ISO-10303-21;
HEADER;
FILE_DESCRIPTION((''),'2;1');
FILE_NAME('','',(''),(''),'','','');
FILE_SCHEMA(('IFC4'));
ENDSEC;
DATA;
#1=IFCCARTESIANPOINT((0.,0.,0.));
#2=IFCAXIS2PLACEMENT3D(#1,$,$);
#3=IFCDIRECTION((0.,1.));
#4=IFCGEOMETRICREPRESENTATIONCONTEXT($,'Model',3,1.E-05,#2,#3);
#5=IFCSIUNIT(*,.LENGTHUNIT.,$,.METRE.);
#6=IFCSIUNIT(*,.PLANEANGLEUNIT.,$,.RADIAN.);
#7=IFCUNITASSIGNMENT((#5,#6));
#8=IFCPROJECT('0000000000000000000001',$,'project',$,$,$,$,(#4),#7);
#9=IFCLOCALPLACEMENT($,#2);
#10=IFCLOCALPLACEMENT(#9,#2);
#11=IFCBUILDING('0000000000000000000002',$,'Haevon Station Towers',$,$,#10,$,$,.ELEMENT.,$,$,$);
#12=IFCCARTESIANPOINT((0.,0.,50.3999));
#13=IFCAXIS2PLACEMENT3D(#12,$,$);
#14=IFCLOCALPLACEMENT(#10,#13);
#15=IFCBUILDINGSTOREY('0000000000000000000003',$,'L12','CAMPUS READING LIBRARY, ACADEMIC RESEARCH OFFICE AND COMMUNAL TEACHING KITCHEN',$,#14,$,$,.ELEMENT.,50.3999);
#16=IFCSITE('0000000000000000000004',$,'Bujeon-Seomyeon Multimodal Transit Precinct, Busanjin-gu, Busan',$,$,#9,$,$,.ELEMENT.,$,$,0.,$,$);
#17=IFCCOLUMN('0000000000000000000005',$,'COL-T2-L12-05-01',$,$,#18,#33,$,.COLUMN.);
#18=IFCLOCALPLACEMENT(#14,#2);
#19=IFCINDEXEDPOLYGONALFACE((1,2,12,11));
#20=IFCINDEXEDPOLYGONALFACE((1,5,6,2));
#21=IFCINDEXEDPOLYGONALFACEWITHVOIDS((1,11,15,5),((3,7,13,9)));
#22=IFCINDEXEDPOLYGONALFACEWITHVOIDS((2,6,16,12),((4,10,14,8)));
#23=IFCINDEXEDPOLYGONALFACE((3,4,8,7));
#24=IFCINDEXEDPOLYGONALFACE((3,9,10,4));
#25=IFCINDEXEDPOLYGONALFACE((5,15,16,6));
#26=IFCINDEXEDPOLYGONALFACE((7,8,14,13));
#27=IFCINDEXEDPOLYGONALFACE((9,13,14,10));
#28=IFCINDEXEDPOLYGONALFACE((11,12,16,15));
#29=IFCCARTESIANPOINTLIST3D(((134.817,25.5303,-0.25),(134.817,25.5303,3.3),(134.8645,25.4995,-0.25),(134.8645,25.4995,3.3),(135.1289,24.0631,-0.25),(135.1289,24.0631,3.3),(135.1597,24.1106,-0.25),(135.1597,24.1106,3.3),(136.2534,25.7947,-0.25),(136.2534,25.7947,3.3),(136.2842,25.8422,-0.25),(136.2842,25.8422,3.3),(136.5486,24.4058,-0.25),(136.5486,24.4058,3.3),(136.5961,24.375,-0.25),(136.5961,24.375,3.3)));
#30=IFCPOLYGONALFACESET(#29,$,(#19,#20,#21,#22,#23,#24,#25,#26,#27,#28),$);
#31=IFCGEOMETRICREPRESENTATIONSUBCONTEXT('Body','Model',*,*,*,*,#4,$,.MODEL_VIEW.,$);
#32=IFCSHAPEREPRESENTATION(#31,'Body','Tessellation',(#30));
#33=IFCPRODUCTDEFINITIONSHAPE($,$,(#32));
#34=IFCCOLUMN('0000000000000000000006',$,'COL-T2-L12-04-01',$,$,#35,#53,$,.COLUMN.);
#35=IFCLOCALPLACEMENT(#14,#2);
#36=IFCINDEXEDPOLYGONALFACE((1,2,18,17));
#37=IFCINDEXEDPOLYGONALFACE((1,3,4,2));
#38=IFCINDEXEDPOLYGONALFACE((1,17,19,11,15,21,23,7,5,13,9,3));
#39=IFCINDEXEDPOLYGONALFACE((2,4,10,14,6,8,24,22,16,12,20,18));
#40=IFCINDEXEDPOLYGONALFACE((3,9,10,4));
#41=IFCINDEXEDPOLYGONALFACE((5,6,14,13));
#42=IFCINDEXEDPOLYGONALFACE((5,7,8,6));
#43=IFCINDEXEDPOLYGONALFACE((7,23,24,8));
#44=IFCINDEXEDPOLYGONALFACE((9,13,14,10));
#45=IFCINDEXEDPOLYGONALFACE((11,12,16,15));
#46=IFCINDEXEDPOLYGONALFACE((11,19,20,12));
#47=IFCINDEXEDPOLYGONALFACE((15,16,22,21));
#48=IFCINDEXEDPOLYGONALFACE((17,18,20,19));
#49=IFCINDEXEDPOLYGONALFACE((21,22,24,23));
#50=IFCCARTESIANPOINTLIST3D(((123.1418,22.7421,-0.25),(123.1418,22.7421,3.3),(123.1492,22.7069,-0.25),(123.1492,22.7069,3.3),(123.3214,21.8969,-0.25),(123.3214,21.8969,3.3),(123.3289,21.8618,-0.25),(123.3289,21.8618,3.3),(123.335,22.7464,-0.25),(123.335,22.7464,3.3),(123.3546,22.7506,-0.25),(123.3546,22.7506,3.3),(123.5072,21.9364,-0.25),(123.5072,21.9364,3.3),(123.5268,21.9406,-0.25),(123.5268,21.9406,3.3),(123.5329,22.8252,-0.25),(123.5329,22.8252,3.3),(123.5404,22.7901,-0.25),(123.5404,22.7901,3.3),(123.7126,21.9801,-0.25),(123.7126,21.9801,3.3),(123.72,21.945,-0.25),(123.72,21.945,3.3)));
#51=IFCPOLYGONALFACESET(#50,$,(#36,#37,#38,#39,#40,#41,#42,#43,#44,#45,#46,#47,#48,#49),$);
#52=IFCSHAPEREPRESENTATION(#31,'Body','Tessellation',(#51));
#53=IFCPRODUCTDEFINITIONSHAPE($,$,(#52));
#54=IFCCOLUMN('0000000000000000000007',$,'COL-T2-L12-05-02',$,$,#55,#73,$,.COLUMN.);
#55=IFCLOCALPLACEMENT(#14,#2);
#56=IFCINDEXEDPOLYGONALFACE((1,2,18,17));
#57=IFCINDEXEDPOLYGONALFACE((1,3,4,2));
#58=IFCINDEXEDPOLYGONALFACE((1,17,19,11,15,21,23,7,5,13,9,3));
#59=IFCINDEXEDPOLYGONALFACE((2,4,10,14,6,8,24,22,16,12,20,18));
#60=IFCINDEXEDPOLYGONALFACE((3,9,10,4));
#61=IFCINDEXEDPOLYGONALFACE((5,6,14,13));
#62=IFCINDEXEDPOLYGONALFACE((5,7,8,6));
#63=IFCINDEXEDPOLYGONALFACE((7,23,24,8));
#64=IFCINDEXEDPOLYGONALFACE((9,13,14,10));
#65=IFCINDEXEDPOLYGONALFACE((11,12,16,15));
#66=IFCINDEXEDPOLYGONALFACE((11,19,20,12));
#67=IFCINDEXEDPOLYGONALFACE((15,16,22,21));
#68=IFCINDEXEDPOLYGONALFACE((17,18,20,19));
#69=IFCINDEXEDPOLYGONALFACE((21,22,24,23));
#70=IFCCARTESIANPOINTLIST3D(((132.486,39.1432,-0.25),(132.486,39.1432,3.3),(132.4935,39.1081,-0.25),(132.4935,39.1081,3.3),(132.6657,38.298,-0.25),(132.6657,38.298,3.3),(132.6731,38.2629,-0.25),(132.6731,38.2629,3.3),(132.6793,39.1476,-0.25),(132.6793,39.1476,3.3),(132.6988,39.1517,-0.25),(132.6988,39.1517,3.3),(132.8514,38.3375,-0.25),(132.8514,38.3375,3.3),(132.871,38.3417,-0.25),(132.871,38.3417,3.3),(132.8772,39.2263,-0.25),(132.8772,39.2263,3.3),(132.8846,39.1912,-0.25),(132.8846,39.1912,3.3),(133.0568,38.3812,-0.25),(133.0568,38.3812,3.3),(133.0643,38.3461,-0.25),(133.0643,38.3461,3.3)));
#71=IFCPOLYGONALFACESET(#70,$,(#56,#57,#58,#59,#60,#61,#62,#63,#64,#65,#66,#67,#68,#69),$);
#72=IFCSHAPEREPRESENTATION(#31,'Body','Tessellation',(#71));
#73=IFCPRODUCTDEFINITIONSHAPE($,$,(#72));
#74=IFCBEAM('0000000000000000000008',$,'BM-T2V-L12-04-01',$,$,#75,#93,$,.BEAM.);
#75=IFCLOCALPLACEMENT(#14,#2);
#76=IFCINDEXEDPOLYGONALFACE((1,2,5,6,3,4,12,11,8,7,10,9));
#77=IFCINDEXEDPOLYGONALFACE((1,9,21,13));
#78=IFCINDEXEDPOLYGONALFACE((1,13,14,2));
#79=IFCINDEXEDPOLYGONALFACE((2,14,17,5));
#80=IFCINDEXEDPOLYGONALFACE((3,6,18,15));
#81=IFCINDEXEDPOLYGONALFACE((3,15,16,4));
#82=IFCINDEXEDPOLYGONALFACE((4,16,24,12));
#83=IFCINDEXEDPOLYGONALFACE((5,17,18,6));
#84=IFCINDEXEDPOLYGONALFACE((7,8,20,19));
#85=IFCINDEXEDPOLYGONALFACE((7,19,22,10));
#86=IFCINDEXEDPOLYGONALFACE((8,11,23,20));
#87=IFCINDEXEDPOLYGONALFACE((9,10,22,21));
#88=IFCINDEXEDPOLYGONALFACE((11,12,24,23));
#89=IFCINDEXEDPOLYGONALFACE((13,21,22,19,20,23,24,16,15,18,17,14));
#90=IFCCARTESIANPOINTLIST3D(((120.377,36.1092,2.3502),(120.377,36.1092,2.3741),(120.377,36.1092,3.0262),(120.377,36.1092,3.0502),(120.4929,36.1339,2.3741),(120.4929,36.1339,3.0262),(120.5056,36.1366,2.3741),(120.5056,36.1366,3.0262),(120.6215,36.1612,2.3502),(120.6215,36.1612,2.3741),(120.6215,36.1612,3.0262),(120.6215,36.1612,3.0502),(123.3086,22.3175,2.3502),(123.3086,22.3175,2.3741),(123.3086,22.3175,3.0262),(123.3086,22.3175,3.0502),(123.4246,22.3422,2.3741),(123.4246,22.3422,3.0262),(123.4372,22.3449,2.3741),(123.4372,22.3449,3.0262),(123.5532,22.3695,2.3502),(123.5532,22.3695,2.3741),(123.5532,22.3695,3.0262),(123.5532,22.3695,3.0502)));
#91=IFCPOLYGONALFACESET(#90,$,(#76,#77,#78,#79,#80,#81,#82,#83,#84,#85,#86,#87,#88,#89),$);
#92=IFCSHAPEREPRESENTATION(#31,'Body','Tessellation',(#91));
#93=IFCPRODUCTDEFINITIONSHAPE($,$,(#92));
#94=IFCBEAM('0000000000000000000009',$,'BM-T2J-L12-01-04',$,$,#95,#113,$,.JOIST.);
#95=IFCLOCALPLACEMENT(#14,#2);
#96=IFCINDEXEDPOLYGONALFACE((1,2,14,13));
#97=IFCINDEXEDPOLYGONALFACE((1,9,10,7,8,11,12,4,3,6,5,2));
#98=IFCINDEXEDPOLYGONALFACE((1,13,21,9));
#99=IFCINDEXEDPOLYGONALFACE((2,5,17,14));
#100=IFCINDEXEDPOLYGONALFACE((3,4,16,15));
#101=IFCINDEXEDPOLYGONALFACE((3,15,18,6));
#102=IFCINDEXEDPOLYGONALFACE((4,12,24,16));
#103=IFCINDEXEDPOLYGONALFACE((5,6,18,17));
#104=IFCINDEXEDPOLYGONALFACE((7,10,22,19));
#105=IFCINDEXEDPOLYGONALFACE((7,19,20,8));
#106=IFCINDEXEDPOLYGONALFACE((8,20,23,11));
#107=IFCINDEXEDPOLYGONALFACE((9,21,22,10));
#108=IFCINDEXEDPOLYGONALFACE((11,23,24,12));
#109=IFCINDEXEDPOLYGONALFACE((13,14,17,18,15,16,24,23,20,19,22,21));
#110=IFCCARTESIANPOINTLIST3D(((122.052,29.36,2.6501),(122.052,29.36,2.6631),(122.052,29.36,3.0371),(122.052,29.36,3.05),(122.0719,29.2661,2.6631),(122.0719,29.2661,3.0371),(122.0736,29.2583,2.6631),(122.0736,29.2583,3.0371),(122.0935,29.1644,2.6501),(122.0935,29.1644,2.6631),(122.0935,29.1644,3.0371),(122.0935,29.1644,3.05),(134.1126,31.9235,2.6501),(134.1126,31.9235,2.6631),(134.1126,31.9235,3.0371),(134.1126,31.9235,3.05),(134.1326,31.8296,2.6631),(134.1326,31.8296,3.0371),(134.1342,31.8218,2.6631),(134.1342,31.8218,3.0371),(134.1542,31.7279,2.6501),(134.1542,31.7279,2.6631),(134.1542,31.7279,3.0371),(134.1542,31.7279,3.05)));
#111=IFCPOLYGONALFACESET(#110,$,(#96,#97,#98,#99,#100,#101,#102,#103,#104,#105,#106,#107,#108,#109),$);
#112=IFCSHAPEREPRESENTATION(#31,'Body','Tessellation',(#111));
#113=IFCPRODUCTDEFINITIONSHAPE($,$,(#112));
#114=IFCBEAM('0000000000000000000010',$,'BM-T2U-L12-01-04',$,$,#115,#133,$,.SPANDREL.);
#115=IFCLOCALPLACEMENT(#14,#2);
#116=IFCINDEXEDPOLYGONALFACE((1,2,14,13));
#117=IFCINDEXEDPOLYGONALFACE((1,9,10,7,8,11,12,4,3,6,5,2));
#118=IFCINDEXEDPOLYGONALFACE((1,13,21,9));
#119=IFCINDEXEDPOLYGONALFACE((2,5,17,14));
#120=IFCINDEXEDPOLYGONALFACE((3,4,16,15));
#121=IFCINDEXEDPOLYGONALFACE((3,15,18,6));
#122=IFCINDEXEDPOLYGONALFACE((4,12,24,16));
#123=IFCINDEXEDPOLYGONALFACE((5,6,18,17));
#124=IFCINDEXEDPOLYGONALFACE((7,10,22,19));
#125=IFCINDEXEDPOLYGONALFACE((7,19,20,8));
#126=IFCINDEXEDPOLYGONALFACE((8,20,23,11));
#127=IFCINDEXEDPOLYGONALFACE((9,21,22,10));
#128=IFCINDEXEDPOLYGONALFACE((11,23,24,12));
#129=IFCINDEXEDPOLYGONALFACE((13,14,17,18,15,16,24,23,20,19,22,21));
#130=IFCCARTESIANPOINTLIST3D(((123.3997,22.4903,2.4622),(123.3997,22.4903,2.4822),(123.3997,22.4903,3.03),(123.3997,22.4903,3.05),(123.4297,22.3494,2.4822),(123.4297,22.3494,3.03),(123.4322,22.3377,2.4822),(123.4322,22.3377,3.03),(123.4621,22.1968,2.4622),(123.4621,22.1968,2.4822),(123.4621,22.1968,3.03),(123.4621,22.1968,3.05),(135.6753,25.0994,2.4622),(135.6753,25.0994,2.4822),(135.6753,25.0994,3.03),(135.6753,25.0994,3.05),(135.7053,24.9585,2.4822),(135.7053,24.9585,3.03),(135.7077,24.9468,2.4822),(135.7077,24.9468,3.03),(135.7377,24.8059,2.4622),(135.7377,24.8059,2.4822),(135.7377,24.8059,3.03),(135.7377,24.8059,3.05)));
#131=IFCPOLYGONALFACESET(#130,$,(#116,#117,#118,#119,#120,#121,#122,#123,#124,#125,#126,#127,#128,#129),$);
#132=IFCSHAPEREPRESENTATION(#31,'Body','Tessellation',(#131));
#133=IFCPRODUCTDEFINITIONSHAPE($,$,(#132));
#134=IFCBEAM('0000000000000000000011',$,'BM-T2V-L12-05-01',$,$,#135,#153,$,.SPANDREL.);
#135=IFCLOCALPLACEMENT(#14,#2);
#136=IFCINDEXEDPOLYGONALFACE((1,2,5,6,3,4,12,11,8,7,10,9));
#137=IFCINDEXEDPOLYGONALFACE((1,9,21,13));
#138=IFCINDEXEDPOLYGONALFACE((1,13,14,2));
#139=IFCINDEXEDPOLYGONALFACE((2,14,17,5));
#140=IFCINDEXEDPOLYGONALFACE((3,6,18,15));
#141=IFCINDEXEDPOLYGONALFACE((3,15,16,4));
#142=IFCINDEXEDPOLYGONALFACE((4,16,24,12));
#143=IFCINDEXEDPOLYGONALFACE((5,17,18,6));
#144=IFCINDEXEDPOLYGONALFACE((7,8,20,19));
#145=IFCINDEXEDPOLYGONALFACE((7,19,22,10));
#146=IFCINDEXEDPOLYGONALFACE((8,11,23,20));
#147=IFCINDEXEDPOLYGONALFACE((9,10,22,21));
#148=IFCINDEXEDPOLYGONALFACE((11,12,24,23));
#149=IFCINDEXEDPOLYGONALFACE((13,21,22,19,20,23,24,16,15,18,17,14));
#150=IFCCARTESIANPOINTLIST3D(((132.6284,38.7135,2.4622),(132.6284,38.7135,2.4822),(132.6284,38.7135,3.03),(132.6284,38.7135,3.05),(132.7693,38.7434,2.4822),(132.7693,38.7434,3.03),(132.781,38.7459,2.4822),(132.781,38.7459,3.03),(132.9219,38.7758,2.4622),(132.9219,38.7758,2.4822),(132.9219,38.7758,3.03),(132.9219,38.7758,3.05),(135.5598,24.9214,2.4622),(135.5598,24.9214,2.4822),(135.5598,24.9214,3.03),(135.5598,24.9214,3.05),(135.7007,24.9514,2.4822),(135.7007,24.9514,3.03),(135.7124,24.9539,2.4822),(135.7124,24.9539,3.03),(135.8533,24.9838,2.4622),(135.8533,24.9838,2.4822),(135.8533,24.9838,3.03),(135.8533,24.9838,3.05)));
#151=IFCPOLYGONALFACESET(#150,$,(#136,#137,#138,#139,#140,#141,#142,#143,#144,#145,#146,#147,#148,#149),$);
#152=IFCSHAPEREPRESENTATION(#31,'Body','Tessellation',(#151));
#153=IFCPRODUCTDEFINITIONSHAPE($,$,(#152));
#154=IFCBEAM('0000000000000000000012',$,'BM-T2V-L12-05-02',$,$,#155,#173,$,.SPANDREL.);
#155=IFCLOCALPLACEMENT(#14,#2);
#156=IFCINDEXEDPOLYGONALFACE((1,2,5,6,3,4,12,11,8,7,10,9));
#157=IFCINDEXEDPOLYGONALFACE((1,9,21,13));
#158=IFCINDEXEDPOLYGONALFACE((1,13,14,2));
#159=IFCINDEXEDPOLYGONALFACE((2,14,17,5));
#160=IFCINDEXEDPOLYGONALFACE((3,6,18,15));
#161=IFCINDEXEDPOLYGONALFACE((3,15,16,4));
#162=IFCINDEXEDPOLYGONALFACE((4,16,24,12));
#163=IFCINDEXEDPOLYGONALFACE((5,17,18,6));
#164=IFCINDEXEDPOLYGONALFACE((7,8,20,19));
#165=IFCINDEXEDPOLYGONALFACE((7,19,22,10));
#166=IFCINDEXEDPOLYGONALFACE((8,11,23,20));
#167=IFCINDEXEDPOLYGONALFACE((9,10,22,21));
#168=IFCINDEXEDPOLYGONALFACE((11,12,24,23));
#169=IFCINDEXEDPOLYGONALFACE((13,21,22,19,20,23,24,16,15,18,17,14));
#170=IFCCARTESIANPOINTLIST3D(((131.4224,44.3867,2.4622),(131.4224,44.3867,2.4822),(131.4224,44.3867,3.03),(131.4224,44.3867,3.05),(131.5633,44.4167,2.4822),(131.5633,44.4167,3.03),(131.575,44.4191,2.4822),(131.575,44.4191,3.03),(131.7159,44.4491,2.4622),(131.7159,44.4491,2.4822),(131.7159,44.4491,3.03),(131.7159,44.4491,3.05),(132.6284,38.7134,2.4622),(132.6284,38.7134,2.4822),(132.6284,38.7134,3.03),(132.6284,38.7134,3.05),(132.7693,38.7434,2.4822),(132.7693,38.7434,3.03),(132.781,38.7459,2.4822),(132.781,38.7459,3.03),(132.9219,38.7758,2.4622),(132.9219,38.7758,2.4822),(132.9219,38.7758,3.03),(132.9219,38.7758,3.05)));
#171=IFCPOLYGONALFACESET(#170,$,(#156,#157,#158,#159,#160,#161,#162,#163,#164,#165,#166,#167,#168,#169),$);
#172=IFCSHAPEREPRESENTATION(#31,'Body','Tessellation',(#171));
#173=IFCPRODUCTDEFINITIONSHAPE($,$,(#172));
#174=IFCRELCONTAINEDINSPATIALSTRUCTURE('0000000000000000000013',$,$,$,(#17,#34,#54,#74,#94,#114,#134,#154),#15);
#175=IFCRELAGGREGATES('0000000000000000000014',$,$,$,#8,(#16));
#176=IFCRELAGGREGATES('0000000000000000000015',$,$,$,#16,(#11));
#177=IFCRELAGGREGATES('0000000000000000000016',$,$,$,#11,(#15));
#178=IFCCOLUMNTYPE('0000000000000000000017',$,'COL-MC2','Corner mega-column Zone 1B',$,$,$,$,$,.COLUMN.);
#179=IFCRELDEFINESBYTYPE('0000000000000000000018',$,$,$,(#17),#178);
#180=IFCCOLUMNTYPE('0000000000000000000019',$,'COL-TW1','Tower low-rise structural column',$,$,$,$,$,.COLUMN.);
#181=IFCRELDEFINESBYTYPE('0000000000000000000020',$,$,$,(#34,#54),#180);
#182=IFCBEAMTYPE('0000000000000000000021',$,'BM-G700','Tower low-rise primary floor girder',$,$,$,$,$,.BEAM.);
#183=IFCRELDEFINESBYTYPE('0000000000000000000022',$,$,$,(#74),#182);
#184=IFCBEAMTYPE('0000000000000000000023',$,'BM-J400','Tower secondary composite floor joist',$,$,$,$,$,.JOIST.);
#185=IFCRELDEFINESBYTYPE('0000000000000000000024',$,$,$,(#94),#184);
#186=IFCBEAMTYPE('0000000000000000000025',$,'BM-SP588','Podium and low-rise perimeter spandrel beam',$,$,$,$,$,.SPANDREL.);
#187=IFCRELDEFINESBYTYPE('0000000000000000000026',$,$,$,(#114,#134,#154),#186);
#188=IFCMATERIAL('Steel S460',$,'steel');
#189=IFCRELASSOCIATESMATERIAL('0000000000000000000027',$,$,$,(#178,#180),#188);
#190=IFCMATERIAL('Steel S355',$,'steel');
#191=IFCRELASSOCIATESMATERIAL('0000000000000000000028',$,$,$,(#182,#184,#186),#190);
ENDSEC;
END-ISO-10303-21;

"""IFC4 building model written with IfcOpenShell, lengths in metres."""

from ifc_helpers import new_model, si_unit, direction, frame, origin, origin_2d, place, context, subcontext, project, spatial, hollow_rectangle, i_section, extrude, material, material_profile, profile_set, type_object, element, save


model = new_model("IFC4")

# Units and contexts
model_context = context("Model", 3, precision=1e-05, world=origin(), true_north=direction((0.0, 1.0)))
body_context = subcontext(model_context, "Body", "Model", "MODEL_VIEW")
ifc_project = project(units=[si_unit("LENGTHUNIT", "METRE"), si_unit("PLANEANGLEUNIT", "RADIAN")], contexts=[model_context])

# Site, building, storey
site_placement = place(None, origin())
site = spatial("IfcSite", under=ifc_project, at=site_placement, Name="Bujeon-Seomyeon Multimodal Transit Precinct, Busanjin-gu, Busan", CompositionType="ELEMENT", RefElevation=0.0)
building_placement = place(site_placement, origin())
building = spatial("IfcBuilding", under=site, at=building_placement, Name="Haevon Station Towers", CompositionType="ELEMENT")
storey_placement = place(building_placement, frame((0.0, 0.0, 50.3999)))
storey = spatial("IfcBuildingStorey", under=building, at=storey_placement, Name="L12", Description="CAMPUS READING LIBRARY, ACADEMIC RESEARCH OFFICE AND COMMUNAL TEACHING KITCHEN", CompositionType="ELEMENT", Elevation=50.3999)

# Columns
ifc_material_1 = material(Name="Steel S460", Category="steel")
ifc_material_profile_1 = material_profile(ifc_material_1, hollow_rectangle(XDim=1.5, YDim=1.5, WallThickness=0.04, at=origin_2d()), Name="BOX-1500x1500x40")
ifc_profile_set_1 = profile_set([ifc_material_profile_1], Name="Steel S460")
column_type_1 = type_object("IfcColumnType", Name="COL-MC2", Description="Corner mega-column Zone 1B", PredefinedType="COLUMN", material=ifc_profile_set_1)
column_placement = place(storey_placement, frame((135.7065, 24.9526, -0.25), z_axis=(0.0, 0.0, 1.0), x_axis=(0.978148, 0.207912, 0.0)))
element("IfcColumn", 1, at=column_placement, inside=storey, type_object=column_type_1, Name="COL-T2-L12-05-01", PredefinedType="COLUMN", context=body_context, shape_type="SweptSolid", body=[
    extrude(hollow_rectangle(XDim=1.5, YDim=1.5, WallThickness=0.04, at=origin_2d()), origin(), (0.0, 0.0, 1.0), 3.55),
])
ifc_material_profile_2 = material_profile(ifc_material_1, i_section(OverallWidth=0.3999, OverallDepth=0.8999, WebThickness=0.02, FlangeThickness=0.0359, at=origin_2d()), Name="H-900x400x20x36")
ifc_profile_set_2 = profile_set([ifc_material_profile_2], Name="Steel S460")
column_type_2 = type_object("IfcColumnType", Name="COL-TW1", Description="Tower low-rise structural column", PredefinedType="COLUMN", material=ifc_profile_set_2)
for number, where, z_axis, x_axis, name in (
    (2, (123.4309, 22.3435, -0.25), (0.0, 0.0, 1.0), (0.978148, 0.207912, 0.0), "COL-T2-L12-04-01"),
    (3, (132.7751, 38.7446, -0.25), (0.0, 0.0, 1.0), (0.978148, 0.207912, 0.0), "COL-T2-L12-05-02"),
):
    element("IfcColumn", number, at=place(storey_placement, frame(where, z_axis=z_axis, x_axis=x_axis)), inside=storey, type_object=column_type_2, Name=name, PredefinedType="COLUMN", context=body_context, shape_type="SweptSolid", body=[
        extrude(i_section(OverallWidth=0.3999, OverallDepth=0.8999, WebThickness=0.02, FlangeThickness=0.0359, at=origin_2d()), origin(), (0.0, 0.0, 1.0), 3.55),
    ])

# Beams
ifc_material_2 = material(Name="Steel S355", Category="steel")
ifc_material_profile_3 = material_profile(ifc_material_2, i_section(OverallWidth=0.25, OverallDepth=0.7, WebThickness=0.0129, FlangeThickness=0.0239, at=origin_2d()), Name="H-700x250x13x24")
ifc_profile_set_3 = profile_set([ifc_material_profile_3], Name="Steel S355")
beam_type_1 = type_object("IfcBeamType", Name="BM-G700", Description="Tower low-rise primary floor girder", PredefinedType="BEAM", material=ifc_profile_set_3)
beam_1_placement = place(storey_placement, frame((123.4309, 22.3435, 2.7002), z_axis=(-0.207919, 0.978146, 0.0), x_axis=(-0.978146, -0.207919, 0.0)))
element("IfcBeam", 4, at=beam_1_placement, inside=storey, type_object=beam_type_1, Name="BM-T2V-L12-04-01", PredefinedType="BEAM", context=body_context, shape_type="SweptSolid", body=[
    extrude(i_section(OverallWidth=0.25, OverallDepth=0.7, WebThickness=0.0129, FlangeThickness=0.0239, at=origin_2d()), origin(), (0.0, 0.0, 1.0), 14.0999),
])
ifc_material_profile_4 = material_profile(ifc_material_2, i_section(OverallWidth=0.2, OverallDepth=0.3999, WebThickness=0.0081, FlangeThickness=0.0129, at=origin_2d()), Name="H-400x200x8x13")
ifc_profile_set_4 = profile_set([ifc_material_profile_4], Name="Steel S355")
beam_type_2 = type_object("IfcBeamType", Name="BM-J400", Description="Tower secondary composite floor joist", PredefinedType="JOIST", material=ifc_profile_set_4)
beam_2_placement = place(storey_placement, frame((122.0728, 29.2622, 2.8501), z_axis=(0.978149, 0.207906, 0.0), x_axis=(-0.207906, 0.978149, 0.0)))
element("IfcBeam", 5, at=beam_2_placement, inside=storey, type_object=beam_type_2, Name="BM-T2J-L12-01-04", PredefinedType="JOIST", context=body_context, shape_type="SweptSolid", body=[
    extrude(i_section(OverallWidth=0.2, OverallDepth=0.3999, WebThickness=0.0081, FlangeThickness=0.0129, at=origin_2d()), origin(), (0.0, 0.0, 1.0), 12.3301),
])
ifc_material_profile_5 = material_profile(ifc_material_2, i_section(OverallWidth=0.3, OverallDepth=0.5879, WebThickness=0.012, FlangeThickness=0.02, at=origin_2d()), Name="H-588x300x12x20")
ifc_profile_set_5 = profile_set([ifc_material_profile_5], Name="Steel S355")
beam_type_3 = type_object("IfcBeamType", Name="BM-SP588", Description="Podium and low-rise perimeter spandrel beam", PredefinedType="SPANDREL", material=ifc_profile_set_5)
beam_3_placement = place(storey_placement, frame((123.4309, 22.3435, 2.7561), z_axis=(0.97815, 0.207901, 0.0), x_axis=(-0.207901, 0.97815, 0.0)))
element("IfcBeam", 6, at=beam_3_placement, inside=storey, type_object=beam_type_3, Name="BM-T2U-L12-01-04", PredefinedType="SPANDREL", context=body_context, shape_type="SweptSolid", body=[
    extrude(i_section(OverallWidth=0.3, OverallDepth=0.5879, WebThickness=0.012, FlangeThickness=0.02, at=origin_2d()), origin(), (0.0, 0.0, 1.0), 12.5498),
])
beam_4_placement = place(storey_placement, frame((135.7065, 24.9526, 2.7561), z_axis=(-0.207899, 0.97815, 0.0), x_axis=(-0.97815, -0.207899, 0.0)))
element("IfcBeam", 7, at=beam_4_placement, inside=storey, type_object=beam_type_3, Name="BM-T2V-L12-05-01", PredefinedType="SPANDREL", context=body_context, shape_type="SweptSolid", body=[
    extrude(i_section(OverallWidth=0.3, OverallDepth=0.5879, WebThickness=0.012, FlangeThickness=0.02, at=origin_2d()), origin(), (0.0, 0.0, 1.0), 14.1001),
])
beam_5_placement = place(storey_placement, frame((132.7751, 38.7446, 2.7561), z_axis=(-0.207936, 0.978142, 0.0), x_axis=(-0.978142, -0.207936, 0.0)))
element("IfcBeam", 8, at=beam_5_placement, inside=storey, type_object=beam_type_3, Name="BM-T2V-L12-05-02", PredefinedType="SPANDREL", context=body_context, shape_type="SweptSolid", body=[
    extrude(i_section(OverallWidth=0.3, OverallDepth=0.5879, WebThickness=0.012, FlangeThickness=0.02, at=origin_2d()), origin(), (0.0, 0.0, 1.0), 5.8),
])

save(model, "model.ifc")
